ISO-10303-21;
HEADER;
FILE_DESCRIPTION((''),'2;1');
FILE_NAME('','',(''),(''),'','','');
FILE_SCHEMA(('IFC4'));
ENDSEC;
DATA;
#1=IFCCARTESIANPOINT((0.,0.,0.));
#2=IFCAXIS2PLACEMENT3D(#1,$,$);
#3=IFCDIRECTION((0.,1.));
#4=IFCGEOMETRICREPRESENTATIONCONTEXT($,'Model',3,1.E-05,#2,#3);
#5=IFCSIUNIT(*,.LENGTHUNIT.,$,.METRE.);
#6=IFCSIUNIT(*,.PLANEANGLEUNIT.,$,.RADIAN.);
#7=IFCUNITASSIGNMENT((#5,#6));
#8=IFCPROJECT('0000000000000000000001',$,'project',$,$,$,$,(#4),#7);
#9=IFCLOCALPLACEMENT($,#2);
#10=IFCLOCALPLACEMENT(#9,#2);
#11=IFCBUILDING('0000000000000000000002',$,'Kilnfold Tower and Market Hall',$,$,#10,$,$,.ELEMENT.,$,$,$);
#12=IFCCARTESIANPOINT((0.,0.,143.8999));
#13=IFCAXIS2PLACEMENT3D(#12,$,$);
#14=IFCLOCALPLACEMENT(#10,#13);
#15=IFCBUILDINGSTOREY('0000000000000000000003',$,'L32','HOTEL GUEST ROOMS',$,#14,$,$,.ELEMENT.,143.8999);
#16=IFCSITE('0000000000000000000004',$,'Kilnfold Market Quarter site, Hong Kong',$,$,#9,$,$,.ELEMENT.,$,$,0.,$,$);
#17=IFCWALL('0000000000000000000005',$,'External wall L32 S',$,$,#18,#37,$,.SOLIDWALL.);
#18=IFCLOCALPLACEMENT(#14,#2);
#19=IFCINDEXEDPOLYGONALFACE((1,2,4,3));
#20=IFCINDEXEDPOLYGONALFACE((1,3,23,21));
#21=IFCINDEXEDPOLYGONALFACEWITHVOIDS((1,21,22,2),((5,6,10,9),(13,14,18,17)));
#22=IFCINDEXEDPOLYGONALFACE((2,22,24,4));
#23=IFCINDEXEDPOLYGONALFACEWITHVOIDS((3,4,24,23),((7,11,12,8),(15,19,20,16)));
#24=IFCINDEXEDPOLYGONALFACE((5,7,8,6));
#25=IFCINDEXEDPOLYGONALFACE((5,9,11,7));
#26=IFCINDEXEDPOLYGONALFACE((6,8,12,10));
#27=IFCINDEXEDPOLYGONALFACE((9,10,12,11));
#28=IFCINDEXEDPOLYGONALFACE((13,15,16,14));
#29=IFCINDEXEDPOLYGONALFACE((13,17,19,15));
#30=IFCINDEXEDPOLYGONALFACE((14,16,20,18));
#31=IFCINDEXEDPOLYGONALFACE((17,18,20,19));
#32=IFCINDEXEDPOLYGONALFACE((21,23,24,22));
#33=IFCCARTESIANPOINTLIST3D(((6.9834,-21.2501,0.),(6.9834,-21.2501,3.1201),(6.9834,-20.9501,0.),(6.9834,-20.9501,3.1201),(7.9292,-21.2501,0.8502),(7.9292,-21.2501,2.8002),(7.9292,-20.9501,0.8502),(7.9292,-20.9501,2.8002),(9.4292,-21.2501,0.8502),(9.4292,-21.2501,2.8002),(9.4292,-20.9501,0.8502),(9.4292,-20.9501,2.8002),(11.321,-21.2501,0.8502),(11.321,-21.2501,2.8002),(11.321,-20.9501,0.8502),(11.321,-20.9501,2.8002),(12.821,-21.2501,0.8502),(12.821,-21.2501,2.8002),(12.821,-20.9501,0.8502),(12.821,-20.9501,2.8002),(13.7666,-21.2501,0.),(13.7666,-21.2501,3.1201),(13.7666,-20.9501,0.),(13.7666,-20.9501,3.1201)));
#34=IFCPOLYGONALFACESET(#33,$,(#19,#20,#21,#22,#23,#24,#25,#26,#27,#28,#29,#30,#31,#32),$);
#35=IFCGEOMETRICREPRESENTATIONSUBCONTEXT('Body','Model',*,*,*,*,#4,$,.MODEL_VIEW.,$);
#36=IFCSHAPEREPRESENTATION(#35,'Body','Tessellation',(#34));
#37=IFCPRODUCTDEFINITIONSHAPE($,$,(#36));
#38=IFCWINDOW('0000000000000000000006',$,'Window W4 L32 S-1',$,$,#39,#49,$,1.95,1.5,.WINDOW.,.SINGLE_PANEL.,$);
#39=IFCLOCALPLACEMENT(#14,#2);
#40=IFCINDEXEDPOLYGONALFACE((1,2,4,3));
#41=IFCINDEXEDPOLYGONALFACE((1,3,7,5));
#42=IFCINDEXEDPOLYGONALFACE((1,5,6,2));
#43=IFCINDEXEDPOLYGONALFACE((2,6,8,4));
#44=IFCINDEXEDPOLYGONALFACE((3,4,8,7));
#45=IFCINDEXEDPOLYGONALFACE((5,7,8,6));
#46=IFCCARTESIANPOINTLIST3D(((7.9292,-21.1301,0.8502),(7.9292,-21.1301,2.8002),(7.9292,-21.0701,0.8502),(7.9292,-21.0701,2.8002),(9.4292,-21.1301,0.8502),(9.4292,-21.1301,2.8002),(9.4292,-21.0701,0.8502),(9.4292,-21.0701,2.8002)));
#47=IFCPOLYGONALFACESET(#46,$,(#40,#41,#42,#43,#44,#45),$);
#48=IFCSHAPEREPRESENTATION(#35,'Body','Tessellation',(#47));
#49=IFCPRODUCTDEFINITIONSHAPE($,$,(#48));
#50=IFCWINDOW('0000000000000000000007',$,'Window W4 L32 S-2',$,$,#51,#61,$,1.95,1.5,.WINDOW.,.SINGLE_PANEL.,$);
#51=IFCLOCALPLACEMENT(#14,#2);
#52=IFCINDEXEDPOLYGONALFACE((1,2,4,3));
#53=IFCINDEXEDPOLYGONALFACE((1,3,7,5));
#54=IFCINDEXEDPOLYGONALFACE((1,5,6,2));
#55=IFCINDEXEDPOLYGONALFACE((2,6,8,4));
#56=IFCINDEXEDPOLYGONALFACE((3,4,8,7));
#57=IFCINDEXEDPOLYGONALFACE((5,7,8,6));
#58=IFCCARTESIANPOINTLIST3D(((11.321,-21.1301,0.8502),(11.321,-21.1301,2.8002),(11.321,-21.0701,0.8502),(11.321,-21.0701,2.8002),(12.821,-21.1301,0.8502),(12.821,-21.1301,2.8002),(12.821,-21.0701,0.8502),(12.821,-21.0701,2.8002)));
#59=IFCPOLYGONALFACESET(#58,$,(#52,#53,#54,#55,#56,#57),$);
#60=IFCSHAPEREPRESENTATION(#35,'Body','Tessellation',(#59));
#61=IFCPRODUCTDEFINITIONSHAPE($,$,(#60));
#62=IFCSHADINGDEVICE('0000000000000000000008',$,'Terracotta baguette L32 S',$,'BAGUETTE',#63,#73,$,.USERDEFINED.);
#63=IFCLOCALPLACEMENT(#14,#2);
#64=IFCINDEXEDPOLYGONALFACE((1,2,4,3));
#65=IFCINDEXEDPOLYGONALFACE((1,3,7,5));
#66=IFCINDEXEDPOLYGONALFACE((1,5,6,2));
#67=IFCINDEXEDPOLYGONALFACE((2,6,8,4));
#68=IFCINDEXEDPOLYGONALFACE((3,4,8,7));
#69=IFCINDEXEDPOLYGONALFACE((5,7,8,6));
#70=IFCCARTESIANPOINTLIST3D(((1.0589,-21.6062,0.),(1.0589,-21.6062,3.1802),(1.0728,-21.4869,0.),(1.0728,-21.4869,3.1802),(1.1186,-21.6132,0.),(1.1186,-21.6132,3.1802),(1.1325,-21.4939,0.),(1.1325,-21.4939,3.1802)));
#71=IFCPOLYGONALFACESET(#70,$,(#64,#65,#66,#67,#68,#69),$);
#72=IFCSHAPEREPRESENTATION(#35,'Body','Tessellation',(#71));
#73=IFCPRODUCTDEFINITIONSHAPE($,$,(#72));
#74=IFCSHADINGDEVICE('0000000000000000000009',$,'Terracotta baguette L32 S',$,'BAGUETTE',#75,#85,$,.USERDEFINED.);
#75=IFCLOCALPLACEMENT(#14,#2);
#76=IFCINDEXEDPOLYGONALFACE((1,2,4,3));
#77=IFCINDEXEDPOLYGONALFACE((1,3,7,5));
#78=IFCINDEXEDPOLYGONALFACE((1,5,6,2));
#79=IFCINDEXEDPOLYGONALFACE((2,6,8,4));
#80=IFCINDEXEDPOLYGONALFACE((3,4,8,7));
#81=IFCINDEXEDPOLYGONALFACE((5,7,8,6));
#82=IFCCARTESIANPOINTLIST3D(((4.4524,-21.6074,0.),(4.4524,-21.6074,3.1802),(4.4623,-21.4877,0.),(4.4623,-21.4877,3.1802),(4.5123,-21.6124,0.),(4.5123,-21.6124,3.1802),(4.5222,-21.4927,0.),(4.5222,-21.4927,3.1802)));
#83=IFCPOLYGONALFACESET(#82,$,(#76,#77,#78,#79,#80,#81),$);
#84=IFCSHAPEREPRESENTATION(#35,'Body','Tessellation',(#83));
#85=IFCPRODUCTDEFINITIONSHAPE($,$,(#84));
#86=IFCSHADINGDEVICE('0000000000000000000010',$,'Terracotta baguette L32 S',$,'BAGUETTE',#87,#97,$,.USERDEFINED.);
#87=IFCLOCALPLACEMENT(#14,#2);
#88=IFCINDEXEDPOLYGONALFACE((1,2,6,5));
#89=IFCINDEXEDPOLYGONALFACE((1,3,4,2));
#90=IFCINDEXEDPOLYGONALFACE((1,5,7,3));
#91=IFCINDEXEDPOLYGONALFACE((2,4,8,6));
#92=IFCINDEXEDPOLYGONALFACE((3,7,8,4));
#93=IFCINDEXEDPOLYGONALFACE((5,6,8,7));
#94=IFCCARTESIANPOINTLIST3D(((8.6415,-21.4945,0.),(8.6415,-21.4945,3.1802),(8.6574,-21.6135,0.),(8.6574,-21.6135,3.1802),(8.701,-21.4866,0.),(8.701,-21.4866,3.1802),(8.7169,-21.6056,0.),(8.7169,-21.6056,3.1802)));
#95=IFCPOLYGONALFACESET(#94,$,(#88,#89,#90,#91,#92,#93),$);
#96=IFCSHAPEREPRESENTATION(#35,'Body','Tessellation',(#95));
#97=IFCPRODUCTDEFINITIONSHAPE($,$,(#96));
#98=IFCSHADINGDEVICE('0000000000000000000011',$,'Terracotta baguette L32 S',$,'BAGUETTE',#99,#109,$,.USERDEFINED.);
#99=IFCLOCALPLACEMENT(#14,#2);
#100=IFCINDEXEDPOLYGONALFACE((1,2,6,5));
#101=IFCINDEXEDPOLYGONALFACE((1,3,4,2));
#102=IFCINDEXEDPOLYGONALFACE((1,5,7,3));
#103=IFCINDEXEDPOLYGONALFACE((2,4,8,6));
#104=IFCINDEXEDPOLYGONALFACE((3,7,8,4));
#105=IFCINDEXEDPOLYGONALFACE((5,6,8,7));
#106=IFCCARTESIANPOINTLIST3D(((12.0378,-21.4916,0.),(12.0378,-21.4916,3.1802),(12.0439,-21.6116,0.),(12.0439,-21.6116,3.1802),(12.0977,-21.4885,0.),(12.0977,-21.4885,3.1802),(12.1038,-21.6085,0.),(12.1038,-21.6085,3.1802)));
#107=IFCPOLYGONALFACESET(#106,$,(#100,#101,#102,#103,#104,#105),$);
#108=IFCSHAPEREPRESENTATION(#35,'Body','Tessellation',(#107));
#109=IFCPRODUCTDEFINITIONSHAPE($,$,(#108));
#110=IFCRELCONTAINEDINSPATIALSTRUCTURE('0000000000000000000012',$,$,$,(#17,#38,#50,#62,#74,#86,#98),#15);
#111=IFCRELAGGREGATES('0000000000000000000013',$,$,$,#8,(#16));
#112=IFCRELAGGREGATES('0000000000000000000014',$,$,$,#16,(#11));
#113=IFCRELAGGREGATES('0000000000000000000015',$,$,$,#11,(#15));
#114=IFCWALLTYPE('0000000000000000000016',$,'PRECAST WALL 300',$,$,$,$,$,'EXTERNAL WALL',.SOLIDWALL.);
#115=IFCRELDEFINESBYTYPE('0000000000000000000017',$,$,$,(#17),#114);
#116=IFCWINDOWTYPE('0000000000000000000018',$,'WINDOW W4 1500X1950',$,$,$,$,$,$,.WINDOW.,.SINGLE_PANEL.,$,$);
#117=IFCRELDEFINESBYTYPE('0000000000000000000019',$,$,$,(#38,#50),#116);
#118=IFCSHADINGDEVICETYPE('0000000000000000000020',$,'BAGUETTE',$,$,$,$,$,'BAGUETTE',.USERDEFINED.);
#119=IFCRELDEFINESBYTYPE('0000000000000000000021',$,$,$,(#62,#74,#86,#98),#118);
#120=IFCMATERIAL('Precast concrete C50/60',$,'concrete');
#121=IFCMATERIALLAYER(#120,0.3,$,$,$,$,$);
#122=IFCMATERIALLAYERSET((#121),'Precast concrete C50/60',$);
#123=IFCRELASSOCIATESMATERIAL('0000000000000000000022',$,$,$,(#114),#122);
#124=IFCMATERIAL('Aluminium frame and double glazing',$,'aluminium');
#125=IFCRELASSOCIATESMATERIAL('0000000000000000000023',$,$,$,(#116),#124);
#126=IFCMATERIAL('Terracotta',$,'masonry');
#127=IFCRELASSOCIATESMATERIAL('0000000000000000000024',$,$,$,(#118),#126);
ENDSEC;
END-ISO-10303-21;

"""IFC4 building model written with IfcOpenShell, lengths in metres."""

from ifc_helpers import new_model, si_unit, direction, frame, frame_2d, origin, origin_2d, place, context, subcontext, project, spatial, rectangle, extrude, source, transform, mapped, material, layer, layer_set, material_profile, profile_set, type_object, element, fill, save


model = new_model("IFC4")

# Units and contexts
model_context = context("Model", 3, precision=1e-05, world=origin(), true_north=direction((0.0, 1.0)))
body_context = subcontext(model_context, "Body", "Model", "MODEL_VIEW")
ifc_project = project(units=[si_unit("LENGTHUNIT", "METRE"), si_unit("PLANEANGLEUNIT", "RADIAN")], contexts=[model_context])

# Site, building, storey
site_placement = place(None, origin())
site = spatial("IfcSite", under=ifc_project, at=site_placement, Name="Kilnfold Market Quarter site, Hong Kong", CompositionType="ELEMENT", RefElevation=0.0)
building_placement = place(site_placement, origin())
building = spatial("IfcBuilding", under=site, at=building_placement, Name="Kilnfold Tower and Market Hall", CompositionType="ELEMENT")
storey_placement = place(building_placement, frame((0.0, 0.0, 143.8999)))
storey = spatial("IfcBuildingStorey", under=building, at=storey_placement, Name="L32", Description="HOTEL GUEST ROOMS", CompositionType="ELEMENT", Elevation=143.8999)

# Wall, openings, windows
ifc_material_1 = material(Name="Precast concrete C50/60", Category="concrete")
ifc_layer_1 = layer(ifc_material_1, 0.3)
ifc_layer_set_1 = layer_set([ifc_layer_1], Name="Precast concrete C50/60")
wall_type_1 = type_object("IfcWallType", Name="PRECAST WALL 300", ElementType="EXTERNAL WALL", PredefinedType="SOLIDWALL", material=ifc_layer_set_1)
ifc_material_2 = material(Name="Aluminium frame and double glazing", Category="aluminium")
window_type = type_object("IfcWindowType", Name="WINDOW W4 1500X1950", PartitioningType="SINGLE_PANEL", PredefinedType="WINDOW", material=ifc_material_2)
shared_shape_1 = source(origin(), body_context, "Body", "SweptSolid", [
    extrude(rectangle(XDim=6.7832, YDim=0.3, at=frame_2d((3.3916, 0.0))), origin(), (0.0, 0.0, 1.0), 3.1201),
])
wall_1_placement = place(storey_placement, frame((6.9834, -21.1001, 0.0), z_axis=(0.0, 0.0, 1.0), x_axis=(1.0, 0.0, 0.0)))
wall_1 = element("IfcWall", 1, at=wall_1_placement, inside=storey, type_object=wall_type_1, Name="External wall L32 S", PredefinedType="SOLIDWALL", context=body_context, shape_type="MappedRepresentation", body=[
    mapped(shared_shape_1, transform((0.0, 0.0, 0.0))),
])
opening_1_placement = place(wall_1_placement, frame((0.9458, 0.0, 0.8501)))
opening_1 = element("IfcOpeningElement", 2, at=opening_1_placement, cuts=wall_1, PredefinedType="OPENING", context=body_context, shape_type="SweptSolid", body=[
    extrude(rectangle(XDim=1.5, YDim=1.95, at=frame_2d((0.75, 0.9751))), frame((0.0, 0.1602, 0.0), z_axis=(0.0, -1.0, 0.0), x_axis=(1.0, 0.0, 0.0)), (0.0, 0.0, 1.0), 0.3201),
])
opening_2_placement = place(wall_1_placement, frame((4.3376, 0.0, 0.8501)))
opening_2 = element("IfcOpeningElement", 3, at=opening_2_placement, cuts=wall_1, PredefinedType="OPENING", context=body_context, shape_type="SweptSolid", body=[
    extrude(rectangle(XDim=1.5, YDim=1.95, at=frame_2d((0.75, 0.9751))), frame((0.0, 0.1602, 0.0), z_axis=(0.0, -1.0, 0.0), x_axis=(1.0, 0.0, 0.0)), (0.0, 0.0, 1.0), 0.3201),
])
window_1_placement = place(opening_1_placement, origin())
window_1 = element("IfcWindow", 4, at=window_1_placement, inside=storey, type_object=window_type, Name="Window W4 L32 S-1", OverallHeight=1.95, OverallWidth=1.5, PartitioningType="SINGLE_PANEL", PredefinedType="WINDOW", context=body_context, shape_type="SweptSolid", body=[
    extrude(rectangle(XDim=1.5, YDim=1.95, at=frame_2d((0.75, 0.9751))), frame((0.0, 0.03, 0.0), z_axis=(0.0, -1.0, 0.0), x_axis=(1.0, 0.0, 0.0)), (0.0, 0.0, 1.0), 0.0601),
])
fill(opening_1, window_1)
window_2_placement = place(opening_2_placement, origin())
window_2 = element("IfcWindow", 5, at=window_2_placement, inside=storey, type_object=window_type, Name="Window W4 L32 S-2", OverallHeight=1.95, OverallWidth=1.5, PartitioningType="SINGLE_PANEL", PredefinedType="WINDOW", context=body_context, shape_type="SweptSolid", body=[
    extrude(rectangle(XDim=1.5, YDim=1.95, at=frame_2d((0.75, 0.9751))), frame((0.0, 0.03, 0.0), z_axis=(0.0, -1.0, 0.0), x_axis=(1.0, 0.0, 0.0)), (0.0, 0.0, 1.0), 0.0601),
])
fill(opening_2, window_2)

# Shading devices
ifc_material_3 = material(Name="Terracotta", Category="masonry")
ifc_material_profile_1 = material_profile(ifc_material_3, rectangle(XDim=0.0601, YDim=0.1201, at=origin_2d()), Name="BAG 60x120")
ifc_profile_set_1 = profile_set([ifc_material_profile_1], Name="Terracotta")
shading_device_type = type_object("IfcShadingDeviceType", Name="BAGUETTE", ElementType="BAGUETTE", PredefinedType="USERDEFINED", material=ifc_profile_set_1)
shared_shape_2 = source(origin(), body_context, "Body", "SweptSolid", [
    extrude(rectangle(XDim=0.0601, YDim=0.1201, at=origin_2d()), origin(), (0.0, 0.0, 1.0), 3.1802),
])
for number, where, z_axis, x_axis, name in (
    (6, (1.0957, -21.55, 0.0), (0.0, 0.0, 1.0), (0.993243, -0.116052, 0.0), "Terracotta baguette L32 S"),
    (7, (4.4873, -21.55, 0.0), (0.0, 0.0, 1.0), (0.996574, -0.082711, 0.0), "Terracotta baguette L32 S"),
    (8, (8.6792, -21.55, 0.0), (0.0, 0.0, 1.0), (0.991255, 0.131957, 0.0), "Terracotta baguette L32 S"),
    (9, (12.0708, -21.55, 0.0), (0.0, 0.0, 1.0), (0.998706, 0.050861, 0.0), "Terracotta baguette L32 S"),
):
    element("IfcShadingDevice", number, at=place(storey_placement, frame(where, z_axis=z_axis, x_axis=x_axis)), inside=storey, type_object=shading_device_type, Name=name, ObjectType="BAGUETTE", PredefinedType="USERDEFINED", context=body_context, shape_type="MappedRepresentation", body=[
        mapped(shared_shape_2, transform((0.0, 0.0, 0.0))),
    ])

save(model, "model.ifc")
